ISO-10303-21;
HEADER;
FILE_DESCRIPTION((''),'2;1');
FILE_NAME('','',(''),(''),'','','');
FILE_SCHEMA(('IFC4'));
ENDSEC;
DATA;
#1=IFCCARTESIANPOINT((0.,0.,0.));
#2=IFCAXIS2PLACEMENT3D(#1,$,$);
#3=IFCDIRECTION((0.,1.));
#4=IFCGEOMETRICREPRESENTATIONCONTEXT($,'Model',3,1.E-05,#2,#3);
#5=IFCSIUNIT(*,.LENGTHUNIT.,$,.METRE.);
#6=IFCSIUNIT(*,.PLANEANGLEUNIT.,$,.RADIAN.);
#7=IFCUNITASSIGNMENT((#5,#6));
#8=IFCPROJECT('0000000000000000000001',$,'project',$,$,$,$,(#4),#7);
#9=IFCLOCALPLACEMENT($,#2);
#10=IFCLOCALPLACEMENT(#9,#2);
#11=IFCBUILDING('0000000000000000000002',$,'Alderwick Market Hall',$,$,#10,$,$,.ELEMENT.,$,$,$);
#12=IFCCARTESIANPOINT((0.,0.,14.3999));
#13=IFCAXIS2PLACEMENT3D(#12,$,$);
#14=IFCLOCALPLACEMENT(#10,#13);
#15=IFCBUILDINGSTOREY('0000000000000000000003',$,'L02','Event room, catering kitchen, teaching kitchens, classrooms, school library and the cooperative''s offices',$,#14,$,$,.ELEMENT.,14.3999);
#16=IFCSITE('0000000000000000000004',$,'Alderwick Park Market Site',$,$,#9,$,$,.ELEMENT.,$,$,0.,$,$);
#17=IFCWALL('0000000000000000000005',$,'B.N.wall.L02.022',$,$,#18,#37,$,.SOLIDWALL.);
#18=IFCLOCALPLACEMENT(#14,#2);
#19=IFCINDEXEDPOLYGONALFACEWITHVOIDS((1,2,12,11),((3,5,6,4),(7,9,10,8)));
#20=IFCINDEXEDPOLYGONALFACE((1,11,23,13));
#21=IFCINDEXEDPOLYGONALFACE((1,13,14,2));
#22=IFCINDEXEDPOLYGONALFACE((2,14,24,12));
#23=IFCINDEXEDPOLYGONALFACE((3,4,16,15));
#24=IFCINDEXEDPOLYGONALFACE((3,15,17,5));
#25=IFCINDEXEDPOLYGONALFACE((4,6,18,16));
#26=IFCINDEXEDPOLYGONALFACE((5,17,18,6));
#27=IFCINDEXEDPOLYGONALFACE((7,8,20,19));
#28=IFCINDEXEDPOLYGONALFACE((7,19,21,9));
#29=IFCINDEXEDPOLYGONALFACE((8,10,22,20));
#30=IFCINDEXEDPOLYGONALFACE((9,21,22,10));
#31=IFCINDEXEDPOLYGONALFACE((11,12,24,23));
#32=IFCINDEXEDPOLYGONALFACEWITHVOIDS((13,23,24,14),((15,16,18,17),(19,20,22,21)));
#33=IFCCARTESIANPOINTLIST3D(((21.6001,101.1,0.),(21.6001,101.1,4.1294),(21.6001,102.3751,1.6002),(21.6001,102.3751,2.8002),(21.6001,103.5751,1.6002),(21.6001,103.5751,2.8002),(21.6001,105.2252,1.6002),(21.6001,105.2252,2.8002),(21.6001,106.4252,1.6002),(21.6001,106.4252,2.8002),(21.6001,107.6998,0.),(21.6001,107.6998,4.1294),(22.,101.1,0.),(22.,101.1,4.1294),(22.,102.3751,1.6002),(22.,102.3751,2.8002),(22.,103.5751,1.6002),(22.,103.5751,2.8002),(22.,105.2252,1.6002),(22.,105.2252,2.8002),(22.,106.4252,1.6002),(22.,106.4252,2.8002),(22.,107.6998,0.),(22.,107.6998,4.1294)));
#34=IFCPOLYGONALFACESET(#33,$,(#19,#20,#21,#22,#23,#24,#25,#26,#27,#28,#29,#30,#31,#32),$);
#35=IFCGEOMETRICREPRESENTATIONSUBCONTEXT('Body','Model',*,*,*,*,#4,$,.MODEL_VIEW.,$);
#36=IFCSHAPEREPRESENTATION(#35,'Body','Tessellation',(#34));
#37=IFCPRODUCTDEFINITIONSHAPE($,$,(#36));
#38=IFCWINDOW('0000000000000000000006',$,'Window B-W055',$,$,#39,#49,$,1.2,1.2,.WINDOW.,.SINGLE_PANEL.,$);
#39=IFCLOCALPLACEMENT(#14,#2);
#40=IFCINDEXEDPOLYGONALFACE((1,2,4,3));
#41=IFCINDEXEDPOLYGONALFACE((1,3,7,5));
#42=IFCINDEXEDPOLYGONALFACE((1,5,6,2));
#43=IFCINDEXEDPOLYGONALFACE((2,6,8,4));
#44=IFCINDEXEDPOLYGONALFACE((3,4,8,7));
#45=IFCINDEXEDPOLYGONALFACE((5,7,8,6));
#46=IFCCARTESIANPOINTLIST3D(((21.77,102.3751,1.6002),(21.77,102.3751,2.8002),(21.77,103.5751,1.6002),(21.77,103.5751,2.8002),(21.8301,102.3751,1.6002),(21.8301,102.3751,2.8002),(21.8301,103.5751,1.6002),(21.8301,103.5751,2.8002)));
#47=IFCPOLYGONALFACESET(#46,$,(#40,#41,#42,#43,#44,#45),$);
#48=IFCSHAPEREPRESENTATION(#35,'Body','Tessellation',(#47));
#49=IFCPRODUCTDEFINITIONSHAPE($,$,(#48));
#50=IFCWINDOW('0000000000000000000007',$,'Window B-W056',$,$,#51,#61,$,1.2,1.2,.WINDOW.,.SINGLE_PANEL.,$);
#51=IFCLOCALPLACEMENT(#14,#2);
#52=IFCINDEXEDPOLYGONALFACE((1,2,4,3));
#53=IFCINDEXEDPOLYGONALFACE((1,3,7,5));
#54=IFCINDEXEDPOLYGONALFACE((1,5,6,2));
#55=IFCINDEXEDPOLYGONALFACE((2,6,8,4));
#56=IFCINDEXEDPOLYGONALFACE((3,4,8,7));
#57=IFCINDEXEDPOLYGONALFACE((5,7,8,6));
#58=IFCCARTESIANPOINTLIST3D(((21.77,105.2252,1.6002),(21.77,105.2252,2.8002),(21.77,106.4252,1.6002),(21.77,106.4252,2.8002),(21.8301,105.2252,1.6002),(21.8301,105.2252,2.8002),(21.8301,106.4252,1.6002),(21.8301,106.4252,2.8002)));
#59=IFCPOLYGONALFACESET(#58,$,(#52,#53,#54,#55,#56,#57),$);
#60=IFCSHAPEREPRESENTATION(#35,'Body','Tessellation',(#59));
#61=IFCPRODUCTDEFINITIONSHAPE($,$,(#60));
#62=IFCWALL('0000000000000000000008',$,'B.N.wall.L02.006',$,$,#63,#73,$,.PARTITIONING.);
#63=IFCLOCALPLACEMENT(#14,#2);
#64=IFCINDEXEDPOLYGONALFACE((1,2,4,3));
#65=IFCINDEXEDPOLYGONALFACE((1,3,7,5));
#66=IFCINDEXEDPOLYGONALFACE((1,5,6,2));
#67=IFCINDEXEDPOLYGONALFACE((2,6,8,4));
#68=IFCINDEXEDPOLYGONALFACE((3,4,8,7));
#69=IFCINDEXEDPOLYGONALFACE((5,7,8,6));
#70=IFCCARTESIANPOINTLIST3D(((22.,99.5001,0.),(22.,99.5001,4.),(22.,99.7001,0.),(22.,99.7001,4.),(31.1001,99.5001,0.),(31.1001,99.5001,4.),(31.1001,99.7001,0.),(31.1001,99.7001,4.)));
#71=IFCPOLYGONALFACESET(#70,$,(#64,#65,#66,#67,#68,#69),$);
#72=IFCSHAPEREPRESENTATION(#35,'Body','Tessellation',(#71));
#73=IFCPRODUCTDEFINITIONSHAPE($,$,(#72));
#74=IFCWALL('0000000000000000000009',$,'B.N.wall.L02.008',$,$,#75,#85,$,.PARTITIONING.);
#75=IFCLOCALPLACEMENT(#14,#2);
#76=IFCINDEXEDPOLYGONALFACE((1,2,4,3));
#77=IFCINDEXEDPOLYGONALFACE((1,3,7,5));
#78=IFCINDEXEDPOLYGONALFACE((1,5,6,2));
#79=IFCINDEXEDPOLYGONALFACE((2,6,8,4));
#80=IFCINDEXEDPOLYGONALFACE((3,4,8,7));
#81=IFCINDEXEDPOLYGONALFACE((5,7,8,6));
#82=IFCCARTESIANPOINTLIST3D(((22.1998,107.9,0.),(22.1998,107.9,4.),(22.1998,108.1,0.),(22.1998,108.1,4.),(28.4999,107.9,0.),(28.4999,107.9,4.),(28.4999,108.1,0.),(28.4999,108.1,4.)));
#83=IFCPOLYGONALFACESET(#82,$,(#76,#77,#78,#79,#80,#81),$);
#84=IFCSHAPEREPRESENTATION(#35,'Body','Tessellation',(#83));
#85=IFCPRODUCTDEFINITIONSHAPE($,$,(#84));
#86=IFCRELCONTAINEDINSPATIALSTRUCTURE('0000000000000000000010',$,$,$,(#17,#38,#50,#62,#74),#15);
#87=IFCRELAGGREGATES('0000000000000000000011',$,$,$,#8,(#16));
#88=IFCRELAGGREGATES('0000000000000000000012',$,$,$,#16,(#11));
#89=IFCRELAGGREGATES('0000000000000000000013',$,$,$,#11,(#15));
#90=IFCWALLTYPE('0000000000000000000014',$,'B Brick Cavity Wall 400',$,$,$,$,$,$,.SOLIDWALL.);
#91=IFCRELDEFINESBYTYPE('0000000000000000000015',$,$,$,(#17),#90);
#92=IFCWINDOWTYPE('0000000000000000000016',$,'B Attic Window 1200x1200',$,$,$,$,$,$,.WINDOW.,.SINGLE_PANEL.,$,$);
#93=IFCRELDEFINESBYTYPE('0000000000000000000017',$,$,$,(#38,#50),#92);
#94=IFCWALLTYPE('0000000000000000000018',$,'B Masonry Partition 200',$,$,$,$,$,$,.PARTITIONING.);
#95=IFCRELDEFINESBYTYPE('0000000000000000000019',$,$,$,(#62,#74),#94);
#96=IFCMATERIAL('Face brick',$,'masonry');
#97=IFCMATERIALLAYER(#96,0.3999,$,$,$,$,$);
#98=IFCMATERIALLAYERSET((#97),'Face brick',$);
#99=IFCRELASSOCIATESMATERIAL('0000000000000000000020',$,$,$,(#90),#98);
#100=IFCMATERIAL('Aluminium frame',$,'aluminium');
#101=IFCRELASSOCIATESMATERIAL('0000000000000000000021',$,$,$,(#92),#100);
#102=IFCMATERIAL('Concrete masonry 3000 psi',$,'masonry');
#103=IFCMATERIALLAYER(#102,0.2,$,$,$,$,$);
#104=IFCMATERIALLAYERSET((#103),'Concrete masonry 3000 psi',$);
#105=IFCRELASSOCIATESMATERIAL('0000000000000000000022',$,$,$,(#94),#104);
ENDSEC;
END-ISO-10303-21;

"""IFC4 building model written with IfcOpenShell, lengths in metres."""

from ifc_helpers import new_model, si_unit, direction, frame, frame_2d, origin, place, context, subcontext, project, spatial, rectangle, extrude, material, layer, layer_set, type_object, element, fill, save


model = new_model("IFC4")

# Units and contexts
model_context = context("Model", 3, precision=1e-05, world=origin(), true_north=direction((0.0, 1.0)))
body_context = subcontext(model_context, "Body", "Model", "MODEL_VIEW")
ifc_project = project(units=[si_unit("LENGTHUNIT", "METRE"), si_unit("PLANEANGLEUNIT", "RADIAN")], contexts=[model_context])

# Site, building, storey
site_placement = place(None, origin())
site = spatial("IfcSite", under=ifc_project, at=site_placement, Name="Alderwick Park Market Site", CompositionType="ELEMENT", RefElevation=0.0)
building_placement = place(site_placement, origin())
building = spatial("IfcBuilding", under=site, at=building_placement, Name="Alderwick Market Hall", CompositionType="ELEMENT")
storey_placement = place(building_placement, frame((0.0, 0.0, 14.3999)))
storey = spatial("IfcBuildingStorey", under=building, at=storey_placement, Name="L02", Description="Event room, catering kitchen, teaching kitchens, classrooms, school library and the cooperative's offices", CompositionType="ELEMENT", Elevation=14.3999)

# Wall, openings, windows
ifc_material_1 = material(Name="Face brick", Category="masonry")
ifc_layer_1 = layer(ifc_material_1, 0.3999)
ifc_layer_set_1 = layer_set([ifc_layer_1], Name="Face brick")
wall_type_1 = type_object("IfcWallType", Name="B Brick Cavity Wall 400", PredefinedType="SOLIDWALL", material=ifc_layer_set_1)
wall_1_placement = place(storey_placement, frame((21.8, 101.1001, 0.0), z_axis=(0.0, 0.0, 1.0), x_axis=(0.0, 1.0, 0.0)))
wall_1 = element("IfcWall", 1, at=wall_1_placement, inside=storey, type_object=wall_type_1, Name="B.N.wall.L02.022", PredefinedType="SOLIDWALL", context=body_context, shape_type="SweptSolid", body=[
    extrude(rectangle(XDim=6.5999, YDim=0.3999, at=frame_2d((3.2998, 0.0))), origin(), (0.0, 0.0, 1.0), 4.1294),
])
opening_1_placement = place(wall_1_placement, frame((1.2749, 0.0, 1.6001)))
opening_1 = element("IfcOpeningElement", 2, at=opening_1_placement, cuts=wall_1, PredefinedType="OPENING", context=body_context, shape_type="SweptSolid", body=[
    extrude(rectangle(XDim=1.2, YDim=1.2, at=frame_2d((0.6001, 0.6001))), frame((0.0, 0.21, 0.0), z_axis=(0.0, -1.0, 0.0), x_axis=(1.0, 0.0, 0.0)), (0.0, 0.0, 1.0), 0.4199),
])
opening_2_placement = place(wall_1_placement, frame((4.125, 0.0, 1.6001)))
opening_2 = element("IfcOpeningElement", 3, at=opening_2_placement, cuts=wall_1, PredefinedType="OPENING", context=body_context, shape_type="SweptSolid", body=[
    extrude(rectangle(XDim=1.2, YDim=1.2, at=frame_2d((0.6001, 0.6001))), frame((0.0, 0.21, 0.0), z_axis=(0.0, -1.0, 0.0), x_axis=(1.0, 0.0, 0.0)), (0.0, 0.0, 1.0), 0.4199),
])
ifc_material_2 = material(Name="Aluminium frame", Category="aluminium")
window_type = type_object("IfcWindowType", Name="B Attic Window 1200x1200", PartitioningType="SINGLE_PANEL", PredefinedType="WINDOW", material=ifc_material_2)
window_1_placement = place(opening_1_placement, origin())
window_1 = element("IfcWindow", 4, at=window_1_placement, inside=storey, type_object=window_type, Name="Window B-W055", OverallHeight=1.2, OverallWidth=1.2, PartitioningType="SINGLE_PANEL", PredefinedType="WINDOW", context=body_context, shape_type="SweptSolid", body=[
    extrude(rectangle(XDim=1.2, YDim=1.2, at=frame_2d((0.6001, 0.6001))), frame((0.0, 0.03, 0.0), z_axis=(0.0, -1.0, 0.0), x_axis=(1.0, 0.0, 0.0)), (0.0, 0.0, 1.0), 0.0601),
])
fill(opening_1, window_1)
window_2_placement = place(opening_2_placement, origin())
window_2 = element("IfcWindow", 5, at=window_2_placement, inside=storey, type_object=window_type, Name="Window B-W056", OverallHeight=1.2, OverallWidth=1.2, PartitioningType="SINGLE_PANEL", PredefinedType="WINDOW", context=body_context, shape_type="SweptSolid", body=[
    extrude(rectangle(XDim=1.2, YDim=1.2, at=frame_2d((0.6001, 0.6001))), frame((0.0, 0.03, 0.0), z_axis=(0.0, -1.0, 0.0), x_axis=(1.0, 0.0, 0.0)), (0.0, 0.0, 1.0), 0.0601),
])
fill(opening_2, window_2)

# Walls
ifc_material_3 = material(Name="Concrete masonry 3000 psi", Category="masonry")
ifc_layer_2 = layer(ifc_material_3, 0.2)
ifc_layer_set_2 = layer_set([ifc_layer_2], Name="Concrete masonry 3000 psi")
wall_type_2 = type_object("IfcWallType", Name="B Masonry Partition 200", PredefinedType="PARTITIONING", material=ifc_layer_set_2)
wall_2_placement = place(storey_placement, frame((22.0, 99.6001, 0.0), z_axis=(0.0, 0.0, 1.0), x_axis=(1.0, 0.0, 0.0)))
element("IfcWall", 6, at=wall_2_placement, inside=storey, type_object=wall_type_2, Name="B.N.wall.L02.006", PredefinedType="PARTITIONING", context=body_context, shape_type="SweptSolid", body=[
    extrude(rectangle(XDim=9.1001, YDim=0.2, at=frame_2d((4.55, 0.0))), origin(), (0.0, 0.0, 1.0), 4.0),
])
wall_3_placement = place(storey_placement, frame((22.2, 108.0, 0.0), z_axis=(0.0, 0.0, 1.0), x_axis=(1.0, 0.0, 0.0)))
element("IfcWall", 7, at=wall_3_placement, inside=storey, type_object=wall_type_2, Name="B.N.wall.L02.008", PredefinedType="PARTITIONING", context=body_context, shape_type="SweptSolid", body=[
    extrude(rectangle(XDim=6.3, YDim=0.2, at=frame_2d((3.1499, 0.0))), origin(), (0.0, 0.0, 1.0), 4.0),
])

save(model, "model.ifc")
